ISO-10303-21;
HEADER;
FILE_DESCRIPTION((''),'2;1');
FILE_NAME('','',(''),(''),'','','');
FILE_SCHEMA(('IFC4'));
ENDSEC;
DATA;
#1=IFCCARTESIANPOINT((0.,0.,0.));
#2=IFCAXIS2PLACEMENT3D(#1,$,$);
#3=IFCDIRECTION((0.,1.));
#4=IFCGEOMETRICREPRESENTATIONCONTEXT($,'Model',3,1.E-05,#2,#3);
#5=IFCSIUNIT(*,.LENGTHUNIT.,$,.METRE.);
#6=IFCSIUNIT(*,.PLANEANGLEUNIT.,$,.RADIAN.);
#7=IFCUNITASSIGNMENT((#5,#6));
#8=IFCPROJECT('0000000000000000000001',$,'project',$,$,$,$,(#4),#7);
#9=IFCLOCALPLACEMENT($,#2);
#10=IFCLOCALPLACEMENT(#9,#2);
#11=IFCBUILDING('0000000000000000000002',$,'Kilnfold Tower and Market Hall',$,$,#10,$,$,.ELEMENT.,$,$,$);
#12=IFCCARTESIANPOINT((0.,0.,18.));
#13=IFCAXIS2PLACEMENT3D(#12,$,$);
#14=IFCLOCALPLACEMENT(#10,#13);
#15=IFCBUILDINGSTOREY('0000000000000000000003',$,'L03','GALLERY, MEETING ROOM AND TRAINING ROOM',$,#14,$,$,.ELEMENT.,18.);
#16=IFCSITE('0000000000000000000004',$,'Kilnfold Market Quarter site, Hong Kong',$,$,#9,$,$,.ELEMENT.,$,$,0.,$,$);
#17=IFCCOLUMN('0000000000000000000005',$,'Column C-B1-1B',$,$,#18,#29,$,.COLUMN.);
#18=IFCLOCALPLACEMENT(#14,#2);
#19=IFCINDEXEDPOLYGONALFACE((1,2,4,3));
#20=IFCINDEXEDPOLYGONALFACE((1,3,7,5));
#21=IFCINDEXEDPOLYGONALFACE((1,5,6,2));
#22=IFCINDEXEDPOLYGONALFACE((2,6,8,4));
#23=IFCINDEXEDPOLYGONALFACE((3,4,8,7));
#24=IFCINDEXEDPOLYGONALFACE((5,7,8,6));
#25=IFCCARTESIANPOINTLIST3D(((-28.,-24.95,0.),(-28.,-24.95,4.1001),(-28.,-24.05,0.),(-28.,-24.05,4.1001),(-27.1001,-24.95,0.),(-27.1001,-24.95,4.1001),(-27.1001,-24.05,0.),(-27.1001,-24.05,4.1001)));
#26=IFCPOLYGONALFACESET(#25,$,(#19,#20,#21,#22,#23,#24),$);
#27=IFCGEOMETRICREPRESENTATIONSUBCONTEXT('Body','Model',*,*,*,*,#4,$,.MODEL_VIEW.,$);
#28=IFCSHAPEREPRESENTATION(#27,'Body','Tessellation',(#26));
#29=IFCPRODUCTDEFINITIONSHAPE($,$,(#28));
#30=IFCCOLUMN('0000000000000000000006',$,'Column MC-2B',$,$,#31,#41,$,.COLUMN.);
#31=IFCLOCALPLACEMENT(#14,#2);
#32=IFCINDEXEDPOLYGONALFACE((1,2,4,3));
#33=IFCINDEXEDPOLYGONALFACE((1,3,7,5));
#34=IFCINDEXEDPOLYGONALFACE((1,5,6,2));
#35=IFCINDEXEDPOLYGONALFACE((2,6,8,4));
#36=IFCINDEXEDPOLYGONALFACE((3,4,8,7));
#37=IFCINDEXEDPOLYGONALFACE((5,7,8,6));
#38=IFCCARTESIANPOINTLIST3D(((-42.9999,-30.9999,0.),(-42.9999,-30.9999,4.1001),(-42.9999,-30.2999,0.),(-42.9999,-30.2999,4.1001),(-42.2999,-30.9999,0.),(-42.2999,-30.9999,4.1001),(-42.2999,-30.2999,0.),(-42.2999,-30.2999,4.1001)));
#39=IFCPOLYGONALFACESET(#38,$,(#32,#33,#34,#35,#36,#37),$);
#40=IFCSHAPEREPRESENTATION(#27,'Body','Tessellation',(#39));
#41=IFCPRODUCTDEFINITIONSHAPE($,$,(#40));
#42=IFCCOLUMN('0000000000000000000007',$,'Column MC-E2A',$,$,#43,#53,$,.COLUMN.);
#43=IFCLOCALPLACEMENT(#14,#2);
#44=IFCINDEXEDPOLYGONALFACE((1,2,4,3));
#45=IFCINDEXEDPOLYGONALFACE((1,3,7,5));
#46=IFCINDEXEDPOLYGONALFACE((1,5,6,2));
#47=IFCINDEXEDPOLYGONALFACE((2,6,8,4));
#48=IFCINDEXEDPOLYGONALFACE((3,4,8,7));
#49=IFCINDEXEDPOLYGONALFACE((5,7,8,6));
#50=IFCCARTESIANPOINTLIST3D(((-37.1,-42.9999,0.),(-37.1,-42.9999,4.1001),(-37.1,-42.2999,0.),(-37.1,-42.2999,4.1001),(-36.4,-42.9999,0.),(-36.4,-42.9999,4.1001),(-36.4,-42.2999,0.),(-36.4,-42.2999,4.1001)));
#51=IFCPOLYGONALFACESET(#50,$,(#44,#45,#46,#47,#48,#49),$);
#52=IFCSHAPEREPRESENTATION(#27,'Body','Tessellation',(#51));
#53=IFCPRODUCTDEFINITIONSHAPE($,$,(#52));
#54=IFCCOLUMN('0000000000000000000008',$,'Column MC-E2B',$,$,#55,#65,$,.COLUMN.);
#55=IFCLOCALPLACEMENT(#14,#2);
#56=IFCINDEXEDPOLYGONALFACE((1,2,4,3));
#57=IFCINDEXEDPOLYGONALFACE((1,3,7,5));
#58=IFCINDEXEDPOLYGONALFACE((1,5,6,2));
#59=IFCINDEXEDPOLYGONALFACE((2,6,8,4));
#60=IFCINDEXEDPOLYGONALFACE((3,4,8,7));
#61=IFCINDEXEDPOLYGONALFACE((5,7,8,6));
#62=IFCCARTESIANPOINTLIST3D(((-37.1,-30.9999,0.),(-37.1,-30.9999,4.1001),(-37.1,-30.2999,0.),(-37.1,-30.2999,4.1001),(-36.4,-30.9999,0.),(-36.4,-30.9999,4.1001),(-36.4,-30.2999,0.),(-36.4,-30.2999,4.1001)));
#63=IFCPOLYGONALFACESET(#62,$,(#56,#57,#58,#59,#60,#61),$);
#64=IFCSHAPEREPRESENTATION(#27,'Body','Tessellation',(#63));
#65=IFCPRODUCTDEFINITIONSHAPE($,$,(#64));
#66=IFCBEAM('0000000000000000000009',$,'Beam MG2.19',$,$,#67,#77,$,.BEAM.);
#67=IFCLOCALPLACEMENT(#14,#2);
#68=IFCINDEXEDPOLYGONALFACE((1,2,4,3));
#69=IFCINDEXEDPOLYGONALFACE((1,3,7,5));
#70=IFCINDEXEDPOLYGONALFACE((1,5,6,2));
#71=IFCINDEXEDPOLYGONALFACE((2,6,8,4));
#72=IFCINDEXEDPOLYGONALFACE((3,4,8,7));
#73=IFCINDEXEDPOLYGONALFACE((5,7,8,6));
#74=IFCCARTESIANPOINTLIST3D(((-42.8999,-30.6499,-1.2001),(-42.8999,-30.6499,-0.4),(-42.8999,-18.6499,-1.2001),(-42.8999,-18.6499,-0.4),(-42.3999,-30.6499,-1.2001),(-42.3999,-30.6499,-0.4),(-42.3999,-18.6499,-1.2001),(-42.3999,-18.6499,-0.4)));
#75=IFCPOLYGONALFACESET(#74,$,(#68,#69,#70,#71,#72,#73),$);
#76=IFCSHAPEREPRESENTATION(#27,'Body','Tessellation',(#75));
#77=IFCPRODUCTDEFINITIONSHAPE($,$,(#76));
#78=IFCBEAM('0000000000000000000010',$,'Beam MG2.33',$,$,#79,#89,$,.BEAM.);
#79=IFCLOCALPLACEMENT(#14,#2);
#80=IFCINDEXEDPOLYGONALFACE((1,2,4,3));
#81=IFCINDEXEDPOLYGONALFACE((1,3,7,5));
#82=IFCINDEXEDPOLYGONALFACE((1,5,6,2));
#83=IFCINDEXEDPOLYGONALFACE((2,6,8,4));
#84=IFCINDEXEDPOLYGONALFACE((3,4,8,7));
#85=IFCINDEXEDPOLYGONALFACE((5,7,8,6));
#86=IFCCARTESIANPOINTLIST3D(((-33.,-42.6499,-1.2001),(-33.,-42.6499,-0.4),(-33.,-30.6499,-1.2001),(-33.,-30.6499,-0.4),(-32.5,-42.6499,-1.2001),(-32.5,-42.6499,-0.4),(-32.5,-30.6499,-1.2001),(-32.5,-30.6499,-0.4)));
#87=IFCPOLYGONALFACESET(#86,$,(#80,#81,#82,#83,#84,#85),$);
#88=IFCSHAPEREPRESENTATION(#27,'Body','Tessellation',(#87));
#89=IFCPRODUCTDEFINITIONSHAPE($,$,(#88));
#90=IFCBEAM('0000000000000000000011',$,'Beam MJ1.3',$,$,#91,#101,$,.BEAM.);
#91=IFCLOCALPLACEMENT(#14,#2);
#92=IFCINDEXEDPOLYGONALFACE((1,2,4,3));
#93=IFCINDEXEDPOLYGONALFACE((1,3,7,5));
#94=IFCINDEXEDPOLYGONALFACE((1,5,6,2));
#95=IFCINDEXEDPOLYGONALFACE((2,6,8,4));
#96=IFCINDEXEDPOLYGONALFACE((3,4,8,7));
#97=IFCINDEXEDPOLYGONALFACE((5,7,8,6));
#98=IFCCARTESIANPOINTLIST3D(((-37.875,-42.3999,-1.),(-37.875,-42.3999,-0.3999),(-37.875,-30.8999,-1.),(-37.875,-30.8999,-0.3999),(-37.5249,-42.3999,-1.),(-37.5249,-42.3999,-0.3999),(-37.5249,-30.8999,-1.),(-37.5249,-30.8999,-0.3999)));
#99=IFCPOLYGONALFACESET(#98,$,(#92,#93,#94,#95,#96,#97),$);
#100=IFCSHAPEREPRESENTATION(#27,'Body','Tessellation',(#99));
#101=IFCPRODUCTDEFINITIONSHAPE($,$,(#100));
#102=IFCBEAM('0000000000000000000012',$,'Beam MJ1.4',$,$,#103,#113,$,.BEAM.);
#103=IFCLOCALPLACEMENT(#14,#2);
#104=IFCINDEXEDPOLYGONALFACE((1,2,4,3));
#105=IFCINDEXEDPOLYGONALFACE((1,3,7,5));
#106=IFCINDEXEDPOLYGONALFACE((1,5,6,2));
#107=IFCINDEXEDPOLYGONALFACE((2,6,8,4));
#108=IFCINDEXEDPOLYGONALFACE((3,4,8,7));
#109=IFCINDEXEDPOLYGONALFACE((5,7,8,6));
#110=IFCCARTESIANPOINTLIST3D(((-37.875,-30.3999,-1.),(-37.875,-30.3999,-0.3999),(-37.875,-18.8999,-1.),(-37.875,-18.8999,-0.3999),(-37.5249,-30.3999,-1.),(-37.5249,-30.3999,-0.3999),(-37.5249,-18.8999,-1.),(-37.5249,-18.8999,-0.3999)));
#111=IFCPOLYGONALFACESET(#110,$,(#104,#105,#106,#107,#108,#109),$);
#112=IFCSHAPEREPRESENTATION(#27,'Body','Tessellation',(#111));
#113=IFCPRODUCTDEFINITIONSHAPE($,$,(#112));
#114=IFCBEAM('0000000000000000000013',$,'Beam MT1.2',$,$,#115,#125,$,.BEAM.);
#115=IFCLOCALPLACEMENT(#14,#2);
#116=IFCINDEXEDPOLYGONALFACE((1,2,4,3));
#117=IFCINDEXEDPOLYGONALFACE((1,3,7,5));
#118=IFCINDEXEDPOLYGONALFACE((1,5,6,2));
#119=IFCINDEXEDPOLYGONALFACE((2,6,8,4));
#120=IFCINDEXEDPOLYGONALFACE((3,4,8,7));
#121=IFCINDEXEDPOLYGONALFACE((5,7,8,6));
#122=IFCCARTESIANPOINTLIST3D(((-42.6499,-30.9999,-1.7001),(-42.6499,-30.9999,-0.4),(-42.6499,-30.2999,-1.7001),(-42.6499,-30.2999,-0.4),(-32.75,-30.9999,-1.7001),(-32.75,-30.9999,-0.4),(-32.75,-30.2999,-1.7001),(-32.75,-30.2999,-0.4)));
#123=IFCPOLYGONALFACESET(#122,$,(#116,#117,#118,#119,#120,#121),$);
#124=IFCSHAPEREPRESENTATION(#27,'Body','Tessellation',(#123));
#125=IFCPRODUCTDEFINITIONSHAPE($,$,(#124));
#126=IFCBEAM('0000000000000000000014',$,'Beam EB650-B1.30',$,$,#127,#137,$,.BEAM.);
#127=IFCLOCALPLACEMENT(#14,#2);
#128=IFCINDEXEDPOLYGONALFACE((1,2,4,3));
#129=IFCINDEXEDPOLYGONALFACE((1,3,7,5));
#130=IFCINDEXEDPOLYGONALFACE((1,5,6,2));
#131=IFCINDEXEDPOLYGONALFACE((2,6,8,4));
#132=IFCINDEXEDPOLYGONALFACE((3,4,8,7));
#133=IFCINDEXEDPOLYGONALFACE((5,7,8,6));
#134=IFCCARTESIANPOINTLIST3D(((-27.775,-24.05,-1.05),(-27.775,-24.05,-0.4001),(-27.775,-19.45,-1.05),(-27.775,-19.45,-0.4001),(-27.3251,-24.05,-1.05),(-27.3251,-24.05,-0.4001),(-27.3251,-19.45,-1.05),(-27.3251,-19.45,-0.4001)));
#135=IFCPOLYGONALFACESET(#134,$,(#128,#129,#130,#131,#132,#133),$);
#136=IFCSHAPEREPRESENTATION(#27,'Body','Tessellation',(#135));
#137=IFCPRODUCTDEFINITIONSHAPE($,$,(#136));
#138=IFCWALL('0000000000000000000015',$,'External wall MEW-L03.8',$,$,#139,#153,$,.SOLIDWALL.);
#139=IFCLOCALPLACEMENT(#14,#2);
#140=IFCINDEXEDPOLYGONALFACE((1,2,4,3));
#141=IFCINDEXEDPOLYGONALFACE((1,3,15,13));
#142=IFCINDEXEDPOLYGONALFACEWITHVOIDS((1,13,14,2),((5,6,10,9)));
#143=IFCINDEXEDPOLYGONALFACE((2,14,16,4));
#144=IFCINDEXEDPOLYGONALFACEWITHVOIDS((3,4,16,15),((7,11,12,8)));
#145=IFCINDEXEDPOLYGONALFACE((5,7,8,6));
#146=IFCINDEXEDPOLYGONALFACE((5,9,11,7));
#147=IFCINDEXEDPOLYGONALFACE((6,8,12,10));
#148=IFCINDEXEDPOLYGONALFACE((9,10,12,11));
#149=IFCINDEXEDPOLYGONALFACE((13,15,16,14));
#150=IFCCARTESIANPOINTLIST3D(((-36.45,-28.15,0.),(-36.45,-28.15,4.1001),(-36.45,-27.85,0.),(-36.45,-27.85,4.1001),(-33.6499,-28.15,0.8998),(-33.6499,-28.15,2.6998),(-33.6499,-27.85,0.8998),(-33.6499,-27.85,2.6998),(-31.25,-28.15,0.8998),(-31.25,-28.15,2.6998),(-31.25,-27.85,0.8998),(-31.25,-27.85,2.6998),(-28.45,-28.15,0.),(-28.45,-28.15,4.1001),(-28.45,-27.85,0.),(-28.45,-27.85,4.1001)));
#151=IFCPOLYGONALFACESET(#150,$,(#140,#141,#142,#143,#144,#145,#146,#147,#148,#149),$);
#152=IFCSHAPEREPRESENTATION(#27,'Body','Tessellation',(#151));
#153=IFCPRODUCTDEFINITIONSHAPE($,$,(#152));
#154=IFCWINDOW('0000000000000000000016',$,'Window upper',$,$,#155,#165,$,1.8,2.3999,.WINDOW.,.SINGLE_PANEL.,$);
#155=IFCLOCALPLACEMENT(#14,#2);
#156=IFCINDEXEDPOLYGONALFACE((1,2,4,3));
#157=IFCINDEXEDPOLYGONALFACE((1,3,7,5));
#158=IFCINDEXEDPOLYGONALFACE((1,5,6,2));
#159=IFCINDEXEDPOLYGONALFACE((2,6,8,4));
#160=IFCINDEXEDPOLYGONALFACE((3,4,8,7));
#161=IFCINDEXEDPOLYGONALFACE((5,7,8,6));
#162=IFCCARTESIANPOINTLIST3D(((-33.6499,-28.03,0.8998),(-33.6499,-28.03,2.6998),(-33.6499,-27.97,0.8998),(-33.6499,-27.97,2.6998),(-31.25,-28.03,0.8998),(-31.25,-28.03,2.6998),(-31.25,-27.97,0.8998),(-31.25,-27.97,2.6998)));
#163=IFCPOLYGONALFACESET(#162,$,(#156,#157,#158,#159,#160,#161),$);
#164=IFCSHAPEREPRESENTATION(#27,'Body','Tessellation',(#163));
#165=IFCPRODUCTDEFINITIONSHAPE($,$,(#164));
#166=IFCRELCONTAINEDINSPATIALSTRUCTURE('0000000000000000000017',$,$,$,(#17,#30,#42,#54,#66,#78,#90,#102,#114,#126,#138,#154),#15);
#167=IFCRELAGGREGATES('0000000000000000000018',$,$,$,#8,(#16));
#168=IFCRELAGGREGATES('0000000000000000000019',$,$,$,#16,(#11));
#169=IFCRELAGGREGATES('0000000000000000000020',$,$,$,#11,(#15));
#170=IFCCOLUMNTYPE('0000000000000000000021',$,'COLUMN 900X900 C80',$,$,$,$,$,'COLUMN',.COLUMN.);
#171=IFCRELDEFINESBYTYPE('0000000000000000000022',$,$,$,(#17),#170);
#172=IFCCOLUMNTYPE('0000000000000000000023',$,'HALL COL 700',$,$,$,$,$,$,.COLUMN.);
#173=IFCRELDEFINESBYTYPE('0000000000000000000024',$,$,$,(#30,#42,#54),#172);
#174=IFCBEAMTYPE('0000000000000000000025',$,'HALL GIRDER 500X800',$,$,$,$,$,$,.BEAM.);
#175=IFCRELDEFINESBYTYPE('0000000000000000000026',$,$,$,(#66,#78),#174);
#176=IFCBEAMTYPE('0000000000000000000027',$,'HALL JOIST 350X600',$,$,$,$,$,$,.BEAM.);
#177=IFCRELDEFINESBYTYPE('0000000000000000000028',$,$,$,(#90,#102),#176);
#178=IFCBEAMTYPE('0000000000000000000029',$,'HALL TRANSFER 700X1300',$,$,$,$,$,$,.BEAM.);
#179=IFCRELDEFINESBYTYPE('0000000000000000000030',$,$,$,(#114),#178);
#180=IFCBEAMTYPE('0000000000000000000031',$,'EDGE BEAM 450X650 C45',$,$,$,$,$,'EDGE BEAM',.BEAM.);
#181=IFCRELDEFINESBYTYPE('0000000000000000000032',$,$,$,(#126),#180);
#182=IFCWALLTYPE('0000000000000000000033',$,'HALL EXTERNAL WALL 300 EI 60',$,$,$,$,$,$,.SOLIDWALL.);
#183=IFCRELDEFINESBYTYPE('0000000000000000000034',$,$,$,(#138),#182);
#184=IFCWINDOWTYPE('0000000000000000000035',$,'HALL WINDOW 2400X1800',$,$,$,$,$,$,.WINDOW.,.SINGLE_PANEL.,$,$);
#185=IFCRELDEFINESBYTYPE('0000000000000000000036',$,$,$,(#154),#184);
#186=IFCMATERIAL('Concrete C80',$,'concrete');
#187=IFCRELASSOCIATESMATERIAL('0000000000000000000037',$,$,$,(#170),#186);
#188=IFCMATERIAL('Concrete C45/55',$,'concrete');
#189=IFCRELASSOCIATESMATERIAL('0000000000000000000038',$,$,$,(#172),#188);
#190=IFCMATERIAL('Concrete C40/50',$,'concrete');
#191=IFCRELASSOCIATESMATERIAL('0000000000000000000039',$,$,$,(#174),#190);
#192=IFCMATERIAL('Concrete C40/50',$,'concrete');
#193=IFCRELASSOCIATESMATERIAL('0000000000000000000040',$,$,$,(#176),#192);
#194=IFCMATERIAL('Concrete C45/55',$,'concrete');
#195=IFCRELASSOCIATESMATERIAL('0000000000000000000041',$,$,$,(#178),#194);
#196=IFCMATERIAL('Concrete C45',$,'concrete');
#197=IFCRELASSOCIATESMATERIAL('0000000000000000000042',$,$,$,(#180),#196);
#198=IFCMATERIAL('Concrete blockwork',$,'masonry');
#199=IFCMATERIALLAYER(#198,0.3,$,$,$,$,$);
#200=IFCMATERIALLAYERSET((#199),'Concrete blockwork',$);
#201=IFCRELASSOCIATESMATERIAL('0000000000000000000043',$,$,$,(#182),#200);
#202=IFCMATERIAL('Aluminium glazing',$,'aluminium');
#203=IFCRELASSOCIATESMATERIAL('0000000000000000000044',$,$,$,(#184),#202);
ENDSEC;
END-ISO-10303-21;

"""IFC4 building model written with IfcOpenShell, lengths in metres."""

from ifc_helpers import new_model, si_unit, direction, frame, frame_2d, origin, origin_2d, place, context, subcontext, project, spatial, rectangle, extrude, source, transform, mapped, material, layer, layer_set, material_profile, profile_set, type_object, element, fill, save


model = new_model("IFC4")

# Units and contexts
model_context = context("Model", 3, precision=1e-05, world=origin(), true_north=direction((0.0, 1.0)))
body_context = subcontext(model_context, "Body", "Model", "MODEL_VIEW")
ifc_project = project(units=[si_unit("LENGTHUNIT", "METRE"), si_unit("PLANEANGLEUNIT", "RADIAN")], contexts=[model_context])

# Site, building, storey
site_placement = place(None, origin())
site = spatial("IfcSite", under=ifc_project, at=site_placement, Name="Kilnfold Market Quarter site, Hong Kong", CompositionType="ELEMENT", RefElevation=0.0)
building_placement = place(site_placement, origin())
building = spatial("IfcBuilding", under=site, at=building_placement, Name="Kilnfold Tower and Market Hall", CompositionType="ELEMENT")
storey_placement = place(building_placement, frame((0.0, 0.0, 18.0)))
storey = spatial("IfcBuildingStorey", under=building, at=storey_placement, Name="L03", Description="GALLERY, MEETING ROOM AND TRAINING ROOM", CompositionType="ELEMENT", Elevation=18.0)

# Columns
ifc_material_1 = material(Name="Concrete C80", Category="concrete")
ifc_material_profile_1 = material_profile(ifc_material_1, rectangle(XDim=0.8999, YDim=0.8999, at=origin_2d()), Name="RC 900x900")
ifc_profile_set_1 = profile_set([ifc_material_profile_1], Name="Concrete C80")
column_type_1 = type_object("IfcColumnType", Name="COLUMN 900X900 C80", ElementType="COLUMN", PredefinedType="COLUMN", material=ifc_profile_set_1)
shared_shape_1 = source(origin(), body_context, "Body", "SweptSolid", [
    extrude(rectangle(XDim=0.8999, YDim=0.8999, at=origin_2d()), origin(), (0.0, 0.0, 1.0), 4.1001),
])
column_placement = place(storey_placement, frame((-27.55, -24.5, 0.0), z_axis=(0.0, 0.0, 1.0), x_axis=(1.0, 0.0, 0.0)))
element("IfcColumn", 1, at=column_placement, inside=storey, type_object=column_type_1, Name="Column C-B1-1B", PredefinedType="COLUMN", context=body_context, shape_type="MappedRepresentation", body=[
    mapped(shared_shape_1, transform((0.0, 0.0, 0.0))),
])
ifc_material_2 = material(Name="Concrete C45/55", Category="concrete")
ifc_material_profile_2 = material_profile(ifc_material_2, rectangle(XDim=0.7, YDim=0.7, at=origin_2d()), Name="RC 700x700")
ifc_profile_set_2 = profile_set([ifc_material_profile_2], Name="Concrete C45/55")
column_type_2 = type_object("IfcColumnType", Name="HALL COL 700", PredefinedType="COLUMN", material=ifc_profile_set_2)
shared_shape_2 = source(origin(), body_context, "Body", "SweptSolid", [
    extrude(rectangle(XDim=0.7, YDim=0.7, at=origin_2d()), origin(), (0.0, 0.0, 1.0), 4.1001),
])
for number, where, z_axis, x_axis, name in (
    (2, (-42.6499, -30.6499, 0.0), (0.0, 0.0, 1.0), (1.0, 0.0, 0.0), "Column MC-2B"),
    (3, (-36.75, -42.6499, 0.0), (0.0, 0.0, 1.0), (1.0, 0.0, 0.0), "Column MC-E2A"),
    (4, (-36.75, -30.6499, 0.0), (0.0, 0.0, 1.0), (1.0, 0.0, 0.0), "Column MC-E2B"),
):
    element("IfcColumn", number, at=place(storey_placement, frame(where, z_axis=z_axis, x_axis=x_axis)), inside=storey, type_object=column_type_2, Name=name, PredefinedType="COLUMN", context=body_context, shape_type="MappedRepresentation", body=[
        mapped(shared_shape_2, transform((0.0, 0.0, 0.0))),
    ])

# Beams
ifc_material_3 = material(Name="Concrete C40/50", Category="concrete")
ifc_material_profile_3 = material_profile(ifc_material_3, rectangle(XDim=0.5, YDim=0.8, at=origin_2d()), Name="RC 500x800")
ifc_profile_set_3 = profile_set([ifc_material_profile_3], Name="Concrete C40/50")
beam_type_1 = type_object("IfcBeamType", Name="HALL GIRDER 500X800", PredefinedType="BEAM", material=ifc_profile_set_3)
for number, where, z_axis, x_axis, name in (
    (5, (-42.6499, -30.6499, -0.8), (0.0, 1.0, 0.0), (-1.0, 0.0, 0.0), "Beam MG2.19"),
    (6, (-32.75, -42.6499, -0.8), (0.0, 1.0, 0.0), (-1.0, 0.0, 0.0), "Beam MG2.33"),
):
    element("IfcBeam", number, at=place(storey_placement, frame(where, z_axis=z_axis, x_axis=x_axis)), inside=storey, type_object=beam_type_1, Name=name, PredefinedType="BEAM", context=body_context, shape_type="SweptSolid", body=[
        extrude(rectangle(XDim=0.5, YDim=0.8, at=origin_2d()), origin(), (0.0, 0.0, 1.0), 12.0),
    ])
ifc_material_4 = material(Name="Concrete C40/50", Category="concrete")
ifc_material_profile_4 = material_profile(ifc_material_4, rectangle(XDim=0.3501, YDim=0.6001, at=origin_2d()), Name="RC 350x600")
ifc_profile_set_4 = profile_set([ifc_material_profile_4], Name="Concrete C40/50")
beam_type_2 = type_object("IfcBeamType", Name="HALL JOIST 350X600", PredefinedType="BEAM", material=ifc_profile_set_4)
for number, where, z_axis, x_axis, name in (
    (7, (-37.7, -42.3999, -0.7), (0.0, 1.0, 0.0), (-1.0, 0.0, 0.0), "Beam MJ1.3"),
    (8, (-37.7, -30.3999, -0.7), (0.0, 1.0, 0.0), (-1.0, 0.0, 0.0), "Beam MJ1.4"),
):
    element("IfcBeam", number, at=place(storey_placement, frame(where, z_axis=z_axis, x_axis=x_axis)), inside=storey, type_object=beam_type_2, Name=name, PredefinedType="BEAM", context=body_context, shape_type="SweptSolid", body=[
        extrude(rectangle(XDim=0.3501, YDim=0.6001, at=origin_2d()), origin(), (0.0, 0.0, 1.0), 11.5),
    ])
ifc_material_5 = material(Name="Concrete C45/55", Category="concrete")
ifc_material_profile_5 = material_profile(ifc_material_5, rectangle(XDim=0.7, YDim=1.3, at=origin_2d()), Name="RC 700x1300")
ifc_profile_set_5 = profile_set([ifc_material_profile_5], Name="Concrete C45/55")
beam_type_3 = type_object("IfcBeamType", Name="HALL TRANSFER 700X1300", PredefinedType="BEAM", material=ifc_profile_set_5)
beam_1_placement = place(storey_placement, frame((-42.6499, -30.6499, -1.05), z_axis=(1.0, 0.0, 0.0), x_axis=(0.0, 1.0, 0.0)))
element("IfcBeam", 9, at=beam_1_placement, inside=storey, type_object=beam_type_3, Name="Beam MT1.2", PredefinedType="BEAM", context=body_context, shape_type="SweptSolid", body=[
    extrude(rectangle(XDim=0.7, YDim=1.3, at=origin_2d()), origin(), (0.0, 0.0, 1.0), 9.8999),
])
ifc_material_6 = material(Name="Concrete C45", Category="concrete")
ifc_material_profile_6 = material_profile(ifc_material_6, rectangle(XDim=0.45, YDim=0.6499, at=origin_2d()), Name="RC 450x650")
ifc_profile_set_6 = profile_set([ifc_material_profile_6], Name="Concrete C45")
beam_type_4 = type_object("IfcBeamType", Name="EDGE BEAM 450X650 C45", ElementType="EDGE BEAM", PredefinedType="BEAM", material=ifc_profile_set_6)
shared_shape_3 = source(origin(), body_context, "Body", "SweptSolid", [
    extrude(rectangle(XDim=0.45, YDim=0.6499, at=origin_2d()), origin(), (0.0, 0.0, 1.0), 4.6001),
])
beam_2_placement = place(storey_placement, frame((-27.55, -24.05, -0.7251), z_axis=(0.0, 1.0, 0.0), x_axis=(-1.0, 0.0, 0.0)))
element("IfcBeam", 10, at=beam_2_placement, inside=storey, type_object=beam_type_4, Name="Beam EB650-B1.30", PredefinedType="BEAM", context=body_context, shape_type="MappedRepresentation", body=[
    mapped(shared_shape_3, transform((0.0, 0.0, 0.0))),
])

# Shared definitions
ifc_material_7 = material(Name="Concrete blockwork", Category="masonry")
ifc_layer_1 = layer(ifc_material_7, 0.3)
ifc_layer_set_1 = layer_set([ifc_layer_1], Name="Concrete blockwork")
wall_type_1 = type_object("IfcWallType", Name="HALL EXTERNAL WALL 300 EI 60", PredefinedType="SOLIDWALL", material=ifc_layer_set_1)

# Wall, opening, window
shared_shape_4 = source(origin(), body_context, "Body", "SweptSolid", [
    extrude(rectangle(XDim=8.0, YDim=0.3, at=frame_2d((4.0, 0.0))), origin(), (0.0, 0.0, 1.0), 4.1001),
])
wall_1_placement = place(storey_placement, frame((-28.45, -28.0, 0.0), z_axis=(0.0, 0.0, 1.0), x_axis=(-1.0, 0.0, 0.0)))
wall_1 = element("IfcWall", 11, at=wall_1_placement, inside=storey, type_object=wall_type_1, Name="External wall MEW-L03.8", PredefinedType="SOLIDWALL", context=body_context, shape_type="MappedRepresentation", body=[
    mapped(shared_shape_4, transform((0.0, 0.0, 0.0))),
])
opening_1_placement = place(wall_1_placement, frame((2.8, 0.0, 0.8999)))
opening_1 = element("IfcOpeningElement", 12, at=opening_1_placement, cuts=wall_1, PredefinedType="OPENING", context=body_context, shape_type="SweptSolid", body=[
    extrude(rectangle(XDim=2.3999, YDim=1.8, at=frame_2d((1.2, 0.8999))), frame((0.0, 0.1602, 0.0), z_axis=(0.0, -1.0, 0.0), x_axis=(1.0, 0.0, 0.0)), (0.0, 0.0, 1.0), 0.3201),
])
ifc_material_8 = material(Name="Aluminium glazing", Category="aluminium")
window_type = type_object("IfcWindowType", Name="HALL WINDOW 2400X1800", PartitioningType="SINGLE_PANEL", PredefinedType="WINDOW", material=ifc_material_8)
window_1_placement = place(opening_1_placement, origin())
window_1 = element("IfcWindow", 13, at=window_1_placement, inside=storey, type_object=window_type, Name="Window upper", OverallHeight=1.8, OverallWidth=2.3999, PartitioningType="SINGLE_PANEL", PredefinedType="WINDOW", context=body_context, shape_type="SweptSolid", body=[
    extrude(rectangle(XDim=2.3999, YDim=1.8, at=frame_2d((1.2, 0.8999))), frame((0.0, 0.03, 0.0), z_axis=(0.0, -1.0, 0.0), x_axis=(1.0, 0.0, 0.0)), (0.0, 0.0, 1.0), 0.0601),
])
fill(opening_1, window_1)

save(model, "model.ifc")
